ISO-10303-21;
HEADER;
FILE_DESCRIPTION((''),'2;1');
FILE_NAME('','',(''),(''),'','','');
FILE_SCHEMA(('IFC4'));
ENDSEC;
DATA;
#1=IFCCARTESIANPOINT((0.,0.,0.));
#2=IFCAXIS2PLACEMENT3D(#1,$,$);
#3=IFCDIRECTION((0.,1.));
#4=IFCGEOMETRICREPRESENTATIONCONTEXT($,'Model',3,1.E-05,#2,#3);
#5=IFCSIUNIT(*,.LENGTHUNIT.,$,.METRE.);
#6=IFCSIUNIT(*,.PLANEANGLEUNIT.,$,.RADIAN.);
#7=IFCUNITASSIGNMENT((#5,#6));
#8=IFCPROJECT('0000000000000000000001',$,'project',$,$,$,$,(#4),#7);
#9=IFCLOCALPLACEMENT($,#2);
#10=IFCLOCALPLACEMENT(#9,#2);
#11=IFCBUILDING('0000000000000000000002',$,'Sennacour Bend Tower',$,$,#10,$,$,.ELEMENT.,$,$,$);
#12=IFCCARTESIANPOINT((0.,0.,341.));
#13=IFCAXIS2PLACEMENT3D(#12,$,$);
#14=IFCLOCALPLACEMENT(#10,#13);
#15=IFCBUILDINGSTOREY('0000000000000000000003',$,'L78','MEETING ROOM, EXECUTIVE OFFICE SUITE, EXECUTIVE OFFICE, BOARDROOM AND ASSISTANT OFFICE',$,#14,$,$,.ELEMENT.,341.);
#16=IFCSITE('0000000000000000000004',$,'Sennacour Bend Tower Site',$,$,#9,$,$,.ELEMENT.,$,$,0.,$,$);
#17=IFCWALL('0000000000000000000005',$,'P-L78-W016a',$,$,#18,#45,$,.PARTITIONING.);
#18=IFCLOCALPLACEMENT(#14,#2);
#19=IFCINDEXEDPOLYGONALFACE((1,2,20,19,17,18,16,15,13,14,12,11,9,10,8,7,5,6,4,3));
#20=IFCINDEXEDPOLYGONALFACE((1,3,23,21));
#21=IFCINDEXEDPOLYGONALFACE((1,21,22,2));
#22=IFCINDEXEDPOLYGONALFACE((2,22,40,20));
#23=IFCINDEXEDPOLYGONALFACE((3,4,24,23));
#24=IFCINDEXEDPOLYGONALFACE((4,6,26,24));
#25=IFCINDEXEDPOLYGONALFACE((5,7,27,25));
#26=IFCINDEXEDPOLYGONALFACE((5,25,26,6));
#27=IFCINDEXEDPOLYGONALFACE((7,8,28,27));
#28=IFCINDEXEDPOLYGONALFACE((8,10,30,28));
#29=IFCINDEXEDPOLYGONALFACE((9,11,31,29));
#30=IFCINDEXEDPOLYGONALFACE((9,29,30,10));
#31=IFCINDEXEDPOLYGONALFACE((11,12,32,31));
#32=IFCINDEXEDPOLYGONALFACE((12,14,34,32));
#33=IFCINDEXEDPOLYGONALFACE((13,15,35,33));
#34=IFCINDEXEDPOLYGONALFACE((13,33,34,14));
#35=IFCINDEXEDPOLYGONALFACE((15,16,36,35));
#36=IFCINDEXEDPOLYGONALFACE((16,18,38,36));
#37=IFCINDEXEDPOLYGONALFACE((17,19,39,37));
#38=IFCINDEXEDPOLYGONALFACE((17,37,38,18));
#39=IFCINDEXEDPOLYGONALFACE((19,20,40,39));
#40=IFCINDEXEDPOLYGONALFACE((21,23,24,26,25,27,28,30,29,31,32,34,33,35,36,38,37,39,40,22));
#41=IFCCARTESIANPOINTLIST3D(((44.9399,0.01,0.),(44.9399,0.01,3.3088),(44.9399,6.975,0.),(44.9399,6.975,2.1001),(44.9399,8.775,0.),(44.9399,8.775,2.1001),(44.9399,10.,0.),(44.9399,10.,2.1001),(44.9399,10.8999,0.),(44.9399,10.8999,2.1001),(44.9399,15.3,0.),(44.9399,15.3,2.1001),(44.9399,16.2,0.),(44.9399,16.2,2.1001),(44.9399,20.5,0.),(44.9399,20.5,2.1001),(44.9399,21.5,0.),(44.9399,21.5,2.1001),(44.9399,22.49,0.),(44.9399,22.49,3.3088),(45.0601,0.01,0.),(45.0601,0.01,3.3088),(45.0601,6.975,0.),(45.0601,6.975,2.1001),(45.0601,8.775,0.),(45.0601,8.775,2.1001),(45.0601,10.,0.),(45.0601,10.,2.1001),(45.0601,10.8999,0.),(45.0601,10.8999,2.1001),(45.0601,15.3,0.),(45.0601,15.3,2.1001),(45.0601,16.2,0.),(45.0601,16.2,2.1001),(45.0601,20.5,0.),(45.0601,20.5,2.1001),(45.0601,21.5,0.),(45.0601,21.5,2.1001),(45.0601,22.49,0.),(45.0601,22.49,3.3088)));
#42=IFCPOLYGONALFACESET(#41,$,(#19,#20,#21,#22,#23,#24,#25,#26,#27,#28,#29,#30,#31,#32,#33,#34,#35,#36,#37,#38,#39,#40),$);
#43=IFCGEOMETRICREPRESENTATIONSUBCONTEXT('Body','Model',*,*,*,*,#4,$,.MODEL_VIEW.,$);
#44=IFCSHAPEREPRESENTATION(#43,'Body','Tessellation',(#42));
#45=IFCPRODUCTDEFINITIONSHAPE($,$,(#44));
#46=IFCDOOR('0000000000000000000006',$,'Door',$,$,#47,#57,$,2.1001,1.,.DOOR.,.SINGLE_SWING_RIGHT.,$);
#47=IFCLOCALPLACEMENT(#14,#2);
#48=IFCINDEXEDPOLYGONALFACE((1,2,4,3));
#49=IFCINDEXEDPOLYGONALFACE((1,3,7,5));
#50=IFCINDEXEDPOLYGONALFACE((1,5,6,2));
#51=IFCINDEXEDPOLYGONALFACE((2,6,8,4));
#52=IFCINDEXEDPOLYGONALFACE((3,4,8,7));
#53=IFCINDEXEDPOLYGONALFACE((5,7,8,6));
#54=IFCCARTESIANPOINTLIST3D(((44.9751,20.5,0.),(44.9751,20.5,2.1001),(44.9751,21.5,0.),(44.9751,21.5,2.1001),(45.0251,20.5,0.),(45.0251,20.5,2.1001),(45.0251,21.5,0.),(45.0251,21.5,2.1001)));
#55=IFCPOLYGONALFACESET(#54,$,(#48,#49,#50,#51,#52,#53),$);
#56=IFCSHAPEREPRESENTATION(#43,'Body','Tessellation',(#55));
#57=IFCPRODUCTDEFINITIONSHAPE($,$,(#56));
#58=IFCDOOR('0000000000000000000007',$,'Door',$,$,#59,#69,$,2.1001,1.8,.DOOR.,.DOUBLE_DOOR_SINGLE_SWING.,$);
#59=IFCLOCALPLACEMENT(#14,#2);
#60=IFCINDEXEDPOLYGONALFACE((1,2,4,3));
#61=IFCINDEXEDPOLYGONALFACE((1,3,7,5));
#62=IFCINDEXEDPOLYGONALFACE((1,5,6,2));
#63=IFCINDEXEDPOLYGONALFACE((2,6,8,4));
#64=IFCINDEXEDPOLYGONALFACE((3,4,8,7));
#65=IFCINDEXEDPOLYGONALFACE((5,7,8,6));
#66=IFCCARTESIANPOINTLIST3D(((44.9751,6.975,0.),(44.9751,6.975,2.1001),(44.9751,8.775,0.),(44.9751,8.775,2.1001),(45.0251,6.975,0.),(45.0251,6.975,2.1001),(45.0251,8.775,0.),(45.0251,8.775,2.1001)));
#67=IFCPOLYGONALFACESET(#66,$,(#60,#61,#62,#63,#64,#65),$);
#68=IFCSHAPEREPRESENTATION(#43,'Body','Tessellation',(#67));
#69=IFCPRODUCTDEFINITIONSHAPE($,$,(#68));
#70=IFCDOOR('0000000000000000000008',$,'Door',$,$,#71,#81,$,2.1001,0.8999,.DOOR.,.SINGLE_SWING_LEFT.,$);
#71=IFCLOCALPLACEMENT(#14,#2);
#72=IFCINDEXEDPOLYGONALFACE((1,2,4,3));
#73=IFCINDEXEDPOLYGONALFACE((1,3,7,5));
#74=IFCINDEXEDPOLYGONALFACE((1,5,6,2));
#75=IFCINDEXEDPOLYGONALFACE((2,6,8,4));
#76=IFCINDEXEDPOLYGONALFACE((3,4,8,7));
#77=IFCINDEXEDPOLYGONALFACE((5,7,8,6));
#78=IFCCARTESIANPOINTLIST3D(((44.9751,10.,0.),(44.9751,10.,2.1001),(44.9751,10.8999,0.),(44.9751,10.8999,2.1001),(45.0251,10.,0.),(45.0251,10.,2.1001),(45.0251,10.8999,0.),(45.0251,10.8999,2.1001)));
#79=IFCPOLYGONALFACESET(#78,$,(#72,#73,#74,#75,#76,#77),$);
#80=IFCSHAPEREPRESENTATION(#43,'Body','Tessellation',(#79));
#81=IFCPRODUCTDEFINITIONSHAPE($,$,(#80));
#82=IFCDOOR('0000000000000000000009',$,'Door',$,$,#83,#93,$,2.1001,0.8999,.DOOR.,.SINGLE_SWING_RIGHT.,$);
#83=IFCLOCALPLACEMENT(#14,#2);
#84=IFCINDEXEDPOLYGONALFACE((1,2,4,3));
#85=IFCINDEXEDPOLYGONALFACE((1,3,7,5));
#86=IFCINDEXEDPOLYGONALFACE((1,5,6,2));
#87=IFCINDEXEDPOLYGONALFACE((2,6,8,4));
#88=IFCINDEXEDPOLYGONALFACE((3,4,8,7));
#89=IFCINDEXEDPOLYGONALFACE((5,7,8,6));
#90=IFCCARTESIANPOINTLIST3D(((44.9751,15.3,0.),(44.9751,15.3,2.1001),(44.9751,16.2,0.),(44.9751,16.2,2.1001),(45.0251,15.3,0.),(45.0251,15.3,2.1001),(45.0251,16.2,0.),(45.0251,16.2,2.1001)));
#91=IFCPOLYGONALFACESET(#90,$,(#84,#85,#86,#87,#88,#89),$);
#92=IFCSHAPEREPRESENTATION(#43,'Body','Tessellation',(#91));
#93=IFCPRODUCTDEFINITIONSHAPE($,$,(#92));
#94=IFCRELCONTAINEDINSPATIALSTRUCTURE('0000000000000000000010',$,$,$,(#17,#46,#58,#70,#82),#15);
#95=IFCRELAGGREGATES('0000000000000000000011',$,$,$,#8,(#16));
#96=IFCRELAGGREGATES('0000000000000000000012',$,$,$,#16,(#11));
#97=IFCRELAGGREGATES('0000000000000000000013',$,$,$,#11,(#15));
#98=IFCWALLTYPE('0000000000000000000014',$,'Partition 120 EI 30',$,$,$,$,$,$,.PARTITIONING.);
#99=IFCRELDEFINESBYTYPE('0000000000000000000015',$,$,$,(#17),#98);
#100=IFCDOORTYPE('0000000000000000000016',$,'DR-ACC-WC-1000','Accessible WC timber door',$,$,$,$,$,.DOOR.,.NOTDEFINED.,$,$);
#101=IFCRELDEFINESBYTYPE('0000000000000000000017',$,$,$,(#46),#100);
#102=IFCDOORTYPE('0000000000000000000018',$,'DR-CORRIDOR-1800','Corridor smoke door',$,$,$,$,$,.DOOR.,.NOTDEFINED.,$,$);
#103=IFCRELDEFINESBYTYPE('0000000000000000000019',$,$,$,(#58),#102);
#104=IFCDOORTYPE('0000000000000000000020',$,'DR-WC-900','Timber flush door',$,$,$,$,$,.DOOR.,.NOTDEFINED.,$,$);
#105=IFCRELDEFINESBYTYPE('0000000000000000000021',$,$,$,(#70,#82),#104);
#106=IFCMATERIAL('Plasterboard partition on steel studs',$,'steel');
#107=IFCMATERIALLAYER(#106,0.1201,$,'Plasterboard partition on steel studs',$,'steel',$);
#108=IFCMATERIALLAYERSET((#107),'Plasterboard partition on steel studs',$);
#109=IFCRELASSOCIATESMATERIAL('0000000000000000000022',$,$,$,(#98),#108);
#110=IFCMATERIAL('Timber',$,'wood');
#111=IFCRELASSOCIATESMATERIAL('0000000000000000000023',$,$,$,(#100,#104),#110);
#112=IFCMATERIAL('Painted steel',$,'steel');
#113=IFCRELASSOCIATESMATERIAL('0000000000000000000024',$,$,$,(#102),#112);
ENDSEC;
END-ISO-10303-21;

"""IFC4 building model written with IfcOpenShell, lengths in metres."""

from ifc_helpers import new_model, si_unit, direction, frame, frame_2d, origin, place, context, subcontext, project, spatial, rectangle, extrude, material, layer, layer_set, type_object, element, fill, save


model = new_model("IFC4")

# Units and contexts
model_context = context("Model", 3, precision=1e-05, world=origin(), true_north=direction((0.0, 1.0)))
body_context = subcontext(model_context, "Body", "Model", "MODEL_VIEW")
ifc_project = project(units=[si_unit("LENGTHUNIT", "METRE"), si_unit("PLANEANGLEUNIT", "RADIAN")], contexts=[model_context])

# Site, building, storey
site_placement = place(None, origin())
site = spatial("IfcSite", under=ifc_project, at=site_placement, Name="Sennacour Bend Tower Site", CompositionType="ELEMENT", RefElevation=0.0)
building_placement = place(site_placement, origin())
building = spatial("IfcBuilding", under=site, at=building_placement, Name="Sennacour Bend Tower", CompositionType="ELEMENT")
storey_placement = place(building_placement, frame((0.0, 0.0, 341.0)))
storey = spatial("IfcBuildingStorey", under=building, at=storey_placement, Name="L78", Description="MEETING ROOM, EXECUTIVE OFFICE SUITE, EXECUTIVE OFFICE, BOARDROOM AND ASSISTANT OFFICE", CompositionType="ELEMENT", Elevation=341.0)

# Wall, openings, doors
ifc_material_1 = material(Name="Plasterboard partition on steel studs", Category="steel")
ifc_layer_1 = layer(ifc_material_1, 0.1201, Name="Plasterboard partition on steel studs", Category="steel")
ifc_layer_set_1 = layer_set([ifc_layer_1], Name="Plasterboard partition on steel studs")
wall_type = type_object("IfcWallType", Name="Partition 120 EI 30", PredefinedType="PARTITIONING", material=ifc_layer_set_1)
wall_placement = place(storey_placement, frame((45.0, 0.01, 0.0), z_axis=(0.0, 0.0, 1.0), x_axis=(0.0, 1.0, 0.0)))
wall = element("IfcWall", 1, at=wall_placement, inside=storey, type_object=wall_type, Name="P-L78-W016a", PredefinedType="PARTITIONING", context=body_context, shape_type="SweptSolid", body=[
    extrude(rectangle(XDim=22.48, YDim=0.1201, at=frame_2d((11.24, 0.0))), origin(), (0.0, 0.0, 1.0), 3.3088),
])
opening_1_placement = place(wall_placement, frame((6.9651, 0.0, 0.0)))
opening_1 = element("IfcOpeningElement", 2, at=opening_1_placement, cuts=wall, PredefinedType="OPENING", context=body_context, shape_type="SweptSolid", body=[
    extrude(rectangle(XDim=1.8, YDim=2.1001, at=frame_2d((0.8999, 1.05))), frame((0.0, 0.0701, 0.0), z_axis=(0.0, -1.0, 0.0), x_axis=(1.0, 0.0, 0.0)), (0.0, 0.0, 1.0), 0.1401),
])
opening_2_placement = place(wall_placement, frame((9.99, 0.0, 0.0)))
opening_2 = element("IfcOpeningElement", 3, at=opening_2_placement, cuts=wall, PredefinedType="OPENING", context=body_context, shape_type="SweptSolid", body=[
    extrude(rectangle(XDim=0.8999, YDim=2.1001, at=frame_2d((0.45, 1.05))), frame((0.0, 0.0701, 0.0), z_axis=(0.0, -1.0, 0.0), x_axis=(1.0, 0.0, 0.0)), (0.0, 0.0, 1.0), 0.1401),
])
opening_3_placement = place(wall_placement, frame((15.29, 0.0, 0.0)))
opening_3 = element("IfcOpeningElement", 4, at=opening_3_placement, cuts=wall, PredefinedType="OPENING", context=body_context, shape_type="SweptSolid", body=[
    extrude(rectangle(XDim=0.8999, YDim=2.1001, at=frame_2d((0.45, 1.05))), frame((0.0, 0.0701, 0.0), z_axis=(0.0, -1.0, 0.0), x_axis=(1.0, 0.0, 0.0)), (0.0, 0.0, 1.0), 0.1401),
])
opening_4_placement = place(wall_placement, frame((20.49, 0.0, 0.0)))
opening_4 = element("IfcOpeningElement", 5, at=opening_4_placement, cuts=wall, PredefinedType="OPENING", context=body_context, shape_type="SweptSolid", body=[
    extrude(rectangle(XDim=1.0, YDim=2.1001, at=frame_2d((0.5, 1.05))), frame((0.0, 0.0701, 0.0), z_axis=(0.0, -1.0, 0.0), x_axis=(1.0, 0.0, 0.0)), (0.0, 0.0, 1.0), 0.1401),
])
ifc_material_2 = material(Name="Timber", Category="wood")
door_type_1 = type_object("IfcDoorType", Name="DR-ACC-WC-1000", Description="Accessible WC timber door", OperationType="NOTDEFINED", PredefinedType="DOOR", material=ifc_material_2)
door_1_placement = place(opening_4_placement, origin())
door_1 = element("IfcDoor", 6, at=door_1_placement, inside=storey, type_object=door_type_1, Name="Door", OperationType="SINGLE_SWING_RIGHT", OverallHeight=2.1001, OverallWidth=1.0, PredefinedType="DOOR", context=body_context, shape_type="SweptSolid", body=[
    extrude(rectangle(XDim=1.0, YDim=2.1001, at=frame_2d((0.5, 1.05))), frame((0.0, 0.0249, 0.0), z_axis=(0.0, -1.0, 0.0), x_axis=(1.0, 0.0, 0.0)), (0.0, 0.0, 1.0), 0.05),
])
fill(opening_4, door_1)
ifc_material_3 = material(Name="Painted steel", Category="steel")
door_type_2 = type_object("IfcDoorType", Name="DR-CORRIDOR-1800", Description="Corridor smoke door", OperationType="NOTDEFINED", PredefinedType="DOOR", material=ifc_material_3)
door_2_placement = place(opening_1_placement, origin())
door_2 = element("IfcDoor", 7, at=door_2_placement, inside=storey, type_object=door_type_2, Name="Door", OperationType="DOUBLE_DOOR_SINGLE_SWING", OverallHeight=2.1001, OverallWidth=1.8, PredefinedType="DOOR", context=body_context, shape_type="SweptSolid", body=[
    extrude(rectangle(XDim=1.8, YDim=2.1001, at=frame_2d((0.8999, 1.05))), frame((0.0, 0.0249, 0.0), z_axis=(0.0, -1.0, 0.0), x_axis=(1.0, 0.0, 0.0)), (0.0, 0.0, 1.0), 0.05),
])
fill(opening_1, door_2)
door_type_3 = type_object("IfcDoorType", Name="DR-WC-900", Description="Timber flush door", OperationType="NOTDEFINED", PredefinedType="DOOR", material=ifc_material_2)
door_3_placement = place(opening_2_placement, origin())
door_3 = element("IfcDoor", 8, at=door_3_placement, inside=storey, type_object=door_type_3, Name="Door", OperationType="SINGLE_SWING_LEFT", OverallHeight=2.1001, OverallWidth=0.8999, PredefinedType="DOOR", context=body_context, shape_type="SweptSolid", body=[
    extrude(rectangle(XDim=0.8999, YDim=2.1001, at=frame_2d((0.45, 1.05))), frame((0.0, 0.0249, 0.0), z_axis=(0.0, -1.0, 0.0), x_axis=(1.0, 0.0, 0.0)), (0.0, 0.0, 1.0), 0.05),
])
fill(opening_2, door_3)
door_4_placement = place(opening_3_placement, origin())
door_4 = element("IfcDoor", 9, at=door_4_placement, inside=storey, type_object=door_type_3, Name="Door", OperationType="SINGLE_SWING_RIGHT", OverallHeight=2.1001, OverallWidth=0.8999, PredefinedType="DOOR", context=body_context, shape_type="SweptSolid", body=[
    extrude(rectangle(XDim=0.8999, YDim=2.1001, at=frame_2d((0.45, 1.05))), frame((0.0, 0.0249, 0.0), z_axis=(0.0, -1.0, 0.0), x_axis=(1.0, 0.0, 0.0)), (0.0, 0.0, 1.0), 0.05),
])
fill(opening_3, door_4)

save(model, "model.ifc")
